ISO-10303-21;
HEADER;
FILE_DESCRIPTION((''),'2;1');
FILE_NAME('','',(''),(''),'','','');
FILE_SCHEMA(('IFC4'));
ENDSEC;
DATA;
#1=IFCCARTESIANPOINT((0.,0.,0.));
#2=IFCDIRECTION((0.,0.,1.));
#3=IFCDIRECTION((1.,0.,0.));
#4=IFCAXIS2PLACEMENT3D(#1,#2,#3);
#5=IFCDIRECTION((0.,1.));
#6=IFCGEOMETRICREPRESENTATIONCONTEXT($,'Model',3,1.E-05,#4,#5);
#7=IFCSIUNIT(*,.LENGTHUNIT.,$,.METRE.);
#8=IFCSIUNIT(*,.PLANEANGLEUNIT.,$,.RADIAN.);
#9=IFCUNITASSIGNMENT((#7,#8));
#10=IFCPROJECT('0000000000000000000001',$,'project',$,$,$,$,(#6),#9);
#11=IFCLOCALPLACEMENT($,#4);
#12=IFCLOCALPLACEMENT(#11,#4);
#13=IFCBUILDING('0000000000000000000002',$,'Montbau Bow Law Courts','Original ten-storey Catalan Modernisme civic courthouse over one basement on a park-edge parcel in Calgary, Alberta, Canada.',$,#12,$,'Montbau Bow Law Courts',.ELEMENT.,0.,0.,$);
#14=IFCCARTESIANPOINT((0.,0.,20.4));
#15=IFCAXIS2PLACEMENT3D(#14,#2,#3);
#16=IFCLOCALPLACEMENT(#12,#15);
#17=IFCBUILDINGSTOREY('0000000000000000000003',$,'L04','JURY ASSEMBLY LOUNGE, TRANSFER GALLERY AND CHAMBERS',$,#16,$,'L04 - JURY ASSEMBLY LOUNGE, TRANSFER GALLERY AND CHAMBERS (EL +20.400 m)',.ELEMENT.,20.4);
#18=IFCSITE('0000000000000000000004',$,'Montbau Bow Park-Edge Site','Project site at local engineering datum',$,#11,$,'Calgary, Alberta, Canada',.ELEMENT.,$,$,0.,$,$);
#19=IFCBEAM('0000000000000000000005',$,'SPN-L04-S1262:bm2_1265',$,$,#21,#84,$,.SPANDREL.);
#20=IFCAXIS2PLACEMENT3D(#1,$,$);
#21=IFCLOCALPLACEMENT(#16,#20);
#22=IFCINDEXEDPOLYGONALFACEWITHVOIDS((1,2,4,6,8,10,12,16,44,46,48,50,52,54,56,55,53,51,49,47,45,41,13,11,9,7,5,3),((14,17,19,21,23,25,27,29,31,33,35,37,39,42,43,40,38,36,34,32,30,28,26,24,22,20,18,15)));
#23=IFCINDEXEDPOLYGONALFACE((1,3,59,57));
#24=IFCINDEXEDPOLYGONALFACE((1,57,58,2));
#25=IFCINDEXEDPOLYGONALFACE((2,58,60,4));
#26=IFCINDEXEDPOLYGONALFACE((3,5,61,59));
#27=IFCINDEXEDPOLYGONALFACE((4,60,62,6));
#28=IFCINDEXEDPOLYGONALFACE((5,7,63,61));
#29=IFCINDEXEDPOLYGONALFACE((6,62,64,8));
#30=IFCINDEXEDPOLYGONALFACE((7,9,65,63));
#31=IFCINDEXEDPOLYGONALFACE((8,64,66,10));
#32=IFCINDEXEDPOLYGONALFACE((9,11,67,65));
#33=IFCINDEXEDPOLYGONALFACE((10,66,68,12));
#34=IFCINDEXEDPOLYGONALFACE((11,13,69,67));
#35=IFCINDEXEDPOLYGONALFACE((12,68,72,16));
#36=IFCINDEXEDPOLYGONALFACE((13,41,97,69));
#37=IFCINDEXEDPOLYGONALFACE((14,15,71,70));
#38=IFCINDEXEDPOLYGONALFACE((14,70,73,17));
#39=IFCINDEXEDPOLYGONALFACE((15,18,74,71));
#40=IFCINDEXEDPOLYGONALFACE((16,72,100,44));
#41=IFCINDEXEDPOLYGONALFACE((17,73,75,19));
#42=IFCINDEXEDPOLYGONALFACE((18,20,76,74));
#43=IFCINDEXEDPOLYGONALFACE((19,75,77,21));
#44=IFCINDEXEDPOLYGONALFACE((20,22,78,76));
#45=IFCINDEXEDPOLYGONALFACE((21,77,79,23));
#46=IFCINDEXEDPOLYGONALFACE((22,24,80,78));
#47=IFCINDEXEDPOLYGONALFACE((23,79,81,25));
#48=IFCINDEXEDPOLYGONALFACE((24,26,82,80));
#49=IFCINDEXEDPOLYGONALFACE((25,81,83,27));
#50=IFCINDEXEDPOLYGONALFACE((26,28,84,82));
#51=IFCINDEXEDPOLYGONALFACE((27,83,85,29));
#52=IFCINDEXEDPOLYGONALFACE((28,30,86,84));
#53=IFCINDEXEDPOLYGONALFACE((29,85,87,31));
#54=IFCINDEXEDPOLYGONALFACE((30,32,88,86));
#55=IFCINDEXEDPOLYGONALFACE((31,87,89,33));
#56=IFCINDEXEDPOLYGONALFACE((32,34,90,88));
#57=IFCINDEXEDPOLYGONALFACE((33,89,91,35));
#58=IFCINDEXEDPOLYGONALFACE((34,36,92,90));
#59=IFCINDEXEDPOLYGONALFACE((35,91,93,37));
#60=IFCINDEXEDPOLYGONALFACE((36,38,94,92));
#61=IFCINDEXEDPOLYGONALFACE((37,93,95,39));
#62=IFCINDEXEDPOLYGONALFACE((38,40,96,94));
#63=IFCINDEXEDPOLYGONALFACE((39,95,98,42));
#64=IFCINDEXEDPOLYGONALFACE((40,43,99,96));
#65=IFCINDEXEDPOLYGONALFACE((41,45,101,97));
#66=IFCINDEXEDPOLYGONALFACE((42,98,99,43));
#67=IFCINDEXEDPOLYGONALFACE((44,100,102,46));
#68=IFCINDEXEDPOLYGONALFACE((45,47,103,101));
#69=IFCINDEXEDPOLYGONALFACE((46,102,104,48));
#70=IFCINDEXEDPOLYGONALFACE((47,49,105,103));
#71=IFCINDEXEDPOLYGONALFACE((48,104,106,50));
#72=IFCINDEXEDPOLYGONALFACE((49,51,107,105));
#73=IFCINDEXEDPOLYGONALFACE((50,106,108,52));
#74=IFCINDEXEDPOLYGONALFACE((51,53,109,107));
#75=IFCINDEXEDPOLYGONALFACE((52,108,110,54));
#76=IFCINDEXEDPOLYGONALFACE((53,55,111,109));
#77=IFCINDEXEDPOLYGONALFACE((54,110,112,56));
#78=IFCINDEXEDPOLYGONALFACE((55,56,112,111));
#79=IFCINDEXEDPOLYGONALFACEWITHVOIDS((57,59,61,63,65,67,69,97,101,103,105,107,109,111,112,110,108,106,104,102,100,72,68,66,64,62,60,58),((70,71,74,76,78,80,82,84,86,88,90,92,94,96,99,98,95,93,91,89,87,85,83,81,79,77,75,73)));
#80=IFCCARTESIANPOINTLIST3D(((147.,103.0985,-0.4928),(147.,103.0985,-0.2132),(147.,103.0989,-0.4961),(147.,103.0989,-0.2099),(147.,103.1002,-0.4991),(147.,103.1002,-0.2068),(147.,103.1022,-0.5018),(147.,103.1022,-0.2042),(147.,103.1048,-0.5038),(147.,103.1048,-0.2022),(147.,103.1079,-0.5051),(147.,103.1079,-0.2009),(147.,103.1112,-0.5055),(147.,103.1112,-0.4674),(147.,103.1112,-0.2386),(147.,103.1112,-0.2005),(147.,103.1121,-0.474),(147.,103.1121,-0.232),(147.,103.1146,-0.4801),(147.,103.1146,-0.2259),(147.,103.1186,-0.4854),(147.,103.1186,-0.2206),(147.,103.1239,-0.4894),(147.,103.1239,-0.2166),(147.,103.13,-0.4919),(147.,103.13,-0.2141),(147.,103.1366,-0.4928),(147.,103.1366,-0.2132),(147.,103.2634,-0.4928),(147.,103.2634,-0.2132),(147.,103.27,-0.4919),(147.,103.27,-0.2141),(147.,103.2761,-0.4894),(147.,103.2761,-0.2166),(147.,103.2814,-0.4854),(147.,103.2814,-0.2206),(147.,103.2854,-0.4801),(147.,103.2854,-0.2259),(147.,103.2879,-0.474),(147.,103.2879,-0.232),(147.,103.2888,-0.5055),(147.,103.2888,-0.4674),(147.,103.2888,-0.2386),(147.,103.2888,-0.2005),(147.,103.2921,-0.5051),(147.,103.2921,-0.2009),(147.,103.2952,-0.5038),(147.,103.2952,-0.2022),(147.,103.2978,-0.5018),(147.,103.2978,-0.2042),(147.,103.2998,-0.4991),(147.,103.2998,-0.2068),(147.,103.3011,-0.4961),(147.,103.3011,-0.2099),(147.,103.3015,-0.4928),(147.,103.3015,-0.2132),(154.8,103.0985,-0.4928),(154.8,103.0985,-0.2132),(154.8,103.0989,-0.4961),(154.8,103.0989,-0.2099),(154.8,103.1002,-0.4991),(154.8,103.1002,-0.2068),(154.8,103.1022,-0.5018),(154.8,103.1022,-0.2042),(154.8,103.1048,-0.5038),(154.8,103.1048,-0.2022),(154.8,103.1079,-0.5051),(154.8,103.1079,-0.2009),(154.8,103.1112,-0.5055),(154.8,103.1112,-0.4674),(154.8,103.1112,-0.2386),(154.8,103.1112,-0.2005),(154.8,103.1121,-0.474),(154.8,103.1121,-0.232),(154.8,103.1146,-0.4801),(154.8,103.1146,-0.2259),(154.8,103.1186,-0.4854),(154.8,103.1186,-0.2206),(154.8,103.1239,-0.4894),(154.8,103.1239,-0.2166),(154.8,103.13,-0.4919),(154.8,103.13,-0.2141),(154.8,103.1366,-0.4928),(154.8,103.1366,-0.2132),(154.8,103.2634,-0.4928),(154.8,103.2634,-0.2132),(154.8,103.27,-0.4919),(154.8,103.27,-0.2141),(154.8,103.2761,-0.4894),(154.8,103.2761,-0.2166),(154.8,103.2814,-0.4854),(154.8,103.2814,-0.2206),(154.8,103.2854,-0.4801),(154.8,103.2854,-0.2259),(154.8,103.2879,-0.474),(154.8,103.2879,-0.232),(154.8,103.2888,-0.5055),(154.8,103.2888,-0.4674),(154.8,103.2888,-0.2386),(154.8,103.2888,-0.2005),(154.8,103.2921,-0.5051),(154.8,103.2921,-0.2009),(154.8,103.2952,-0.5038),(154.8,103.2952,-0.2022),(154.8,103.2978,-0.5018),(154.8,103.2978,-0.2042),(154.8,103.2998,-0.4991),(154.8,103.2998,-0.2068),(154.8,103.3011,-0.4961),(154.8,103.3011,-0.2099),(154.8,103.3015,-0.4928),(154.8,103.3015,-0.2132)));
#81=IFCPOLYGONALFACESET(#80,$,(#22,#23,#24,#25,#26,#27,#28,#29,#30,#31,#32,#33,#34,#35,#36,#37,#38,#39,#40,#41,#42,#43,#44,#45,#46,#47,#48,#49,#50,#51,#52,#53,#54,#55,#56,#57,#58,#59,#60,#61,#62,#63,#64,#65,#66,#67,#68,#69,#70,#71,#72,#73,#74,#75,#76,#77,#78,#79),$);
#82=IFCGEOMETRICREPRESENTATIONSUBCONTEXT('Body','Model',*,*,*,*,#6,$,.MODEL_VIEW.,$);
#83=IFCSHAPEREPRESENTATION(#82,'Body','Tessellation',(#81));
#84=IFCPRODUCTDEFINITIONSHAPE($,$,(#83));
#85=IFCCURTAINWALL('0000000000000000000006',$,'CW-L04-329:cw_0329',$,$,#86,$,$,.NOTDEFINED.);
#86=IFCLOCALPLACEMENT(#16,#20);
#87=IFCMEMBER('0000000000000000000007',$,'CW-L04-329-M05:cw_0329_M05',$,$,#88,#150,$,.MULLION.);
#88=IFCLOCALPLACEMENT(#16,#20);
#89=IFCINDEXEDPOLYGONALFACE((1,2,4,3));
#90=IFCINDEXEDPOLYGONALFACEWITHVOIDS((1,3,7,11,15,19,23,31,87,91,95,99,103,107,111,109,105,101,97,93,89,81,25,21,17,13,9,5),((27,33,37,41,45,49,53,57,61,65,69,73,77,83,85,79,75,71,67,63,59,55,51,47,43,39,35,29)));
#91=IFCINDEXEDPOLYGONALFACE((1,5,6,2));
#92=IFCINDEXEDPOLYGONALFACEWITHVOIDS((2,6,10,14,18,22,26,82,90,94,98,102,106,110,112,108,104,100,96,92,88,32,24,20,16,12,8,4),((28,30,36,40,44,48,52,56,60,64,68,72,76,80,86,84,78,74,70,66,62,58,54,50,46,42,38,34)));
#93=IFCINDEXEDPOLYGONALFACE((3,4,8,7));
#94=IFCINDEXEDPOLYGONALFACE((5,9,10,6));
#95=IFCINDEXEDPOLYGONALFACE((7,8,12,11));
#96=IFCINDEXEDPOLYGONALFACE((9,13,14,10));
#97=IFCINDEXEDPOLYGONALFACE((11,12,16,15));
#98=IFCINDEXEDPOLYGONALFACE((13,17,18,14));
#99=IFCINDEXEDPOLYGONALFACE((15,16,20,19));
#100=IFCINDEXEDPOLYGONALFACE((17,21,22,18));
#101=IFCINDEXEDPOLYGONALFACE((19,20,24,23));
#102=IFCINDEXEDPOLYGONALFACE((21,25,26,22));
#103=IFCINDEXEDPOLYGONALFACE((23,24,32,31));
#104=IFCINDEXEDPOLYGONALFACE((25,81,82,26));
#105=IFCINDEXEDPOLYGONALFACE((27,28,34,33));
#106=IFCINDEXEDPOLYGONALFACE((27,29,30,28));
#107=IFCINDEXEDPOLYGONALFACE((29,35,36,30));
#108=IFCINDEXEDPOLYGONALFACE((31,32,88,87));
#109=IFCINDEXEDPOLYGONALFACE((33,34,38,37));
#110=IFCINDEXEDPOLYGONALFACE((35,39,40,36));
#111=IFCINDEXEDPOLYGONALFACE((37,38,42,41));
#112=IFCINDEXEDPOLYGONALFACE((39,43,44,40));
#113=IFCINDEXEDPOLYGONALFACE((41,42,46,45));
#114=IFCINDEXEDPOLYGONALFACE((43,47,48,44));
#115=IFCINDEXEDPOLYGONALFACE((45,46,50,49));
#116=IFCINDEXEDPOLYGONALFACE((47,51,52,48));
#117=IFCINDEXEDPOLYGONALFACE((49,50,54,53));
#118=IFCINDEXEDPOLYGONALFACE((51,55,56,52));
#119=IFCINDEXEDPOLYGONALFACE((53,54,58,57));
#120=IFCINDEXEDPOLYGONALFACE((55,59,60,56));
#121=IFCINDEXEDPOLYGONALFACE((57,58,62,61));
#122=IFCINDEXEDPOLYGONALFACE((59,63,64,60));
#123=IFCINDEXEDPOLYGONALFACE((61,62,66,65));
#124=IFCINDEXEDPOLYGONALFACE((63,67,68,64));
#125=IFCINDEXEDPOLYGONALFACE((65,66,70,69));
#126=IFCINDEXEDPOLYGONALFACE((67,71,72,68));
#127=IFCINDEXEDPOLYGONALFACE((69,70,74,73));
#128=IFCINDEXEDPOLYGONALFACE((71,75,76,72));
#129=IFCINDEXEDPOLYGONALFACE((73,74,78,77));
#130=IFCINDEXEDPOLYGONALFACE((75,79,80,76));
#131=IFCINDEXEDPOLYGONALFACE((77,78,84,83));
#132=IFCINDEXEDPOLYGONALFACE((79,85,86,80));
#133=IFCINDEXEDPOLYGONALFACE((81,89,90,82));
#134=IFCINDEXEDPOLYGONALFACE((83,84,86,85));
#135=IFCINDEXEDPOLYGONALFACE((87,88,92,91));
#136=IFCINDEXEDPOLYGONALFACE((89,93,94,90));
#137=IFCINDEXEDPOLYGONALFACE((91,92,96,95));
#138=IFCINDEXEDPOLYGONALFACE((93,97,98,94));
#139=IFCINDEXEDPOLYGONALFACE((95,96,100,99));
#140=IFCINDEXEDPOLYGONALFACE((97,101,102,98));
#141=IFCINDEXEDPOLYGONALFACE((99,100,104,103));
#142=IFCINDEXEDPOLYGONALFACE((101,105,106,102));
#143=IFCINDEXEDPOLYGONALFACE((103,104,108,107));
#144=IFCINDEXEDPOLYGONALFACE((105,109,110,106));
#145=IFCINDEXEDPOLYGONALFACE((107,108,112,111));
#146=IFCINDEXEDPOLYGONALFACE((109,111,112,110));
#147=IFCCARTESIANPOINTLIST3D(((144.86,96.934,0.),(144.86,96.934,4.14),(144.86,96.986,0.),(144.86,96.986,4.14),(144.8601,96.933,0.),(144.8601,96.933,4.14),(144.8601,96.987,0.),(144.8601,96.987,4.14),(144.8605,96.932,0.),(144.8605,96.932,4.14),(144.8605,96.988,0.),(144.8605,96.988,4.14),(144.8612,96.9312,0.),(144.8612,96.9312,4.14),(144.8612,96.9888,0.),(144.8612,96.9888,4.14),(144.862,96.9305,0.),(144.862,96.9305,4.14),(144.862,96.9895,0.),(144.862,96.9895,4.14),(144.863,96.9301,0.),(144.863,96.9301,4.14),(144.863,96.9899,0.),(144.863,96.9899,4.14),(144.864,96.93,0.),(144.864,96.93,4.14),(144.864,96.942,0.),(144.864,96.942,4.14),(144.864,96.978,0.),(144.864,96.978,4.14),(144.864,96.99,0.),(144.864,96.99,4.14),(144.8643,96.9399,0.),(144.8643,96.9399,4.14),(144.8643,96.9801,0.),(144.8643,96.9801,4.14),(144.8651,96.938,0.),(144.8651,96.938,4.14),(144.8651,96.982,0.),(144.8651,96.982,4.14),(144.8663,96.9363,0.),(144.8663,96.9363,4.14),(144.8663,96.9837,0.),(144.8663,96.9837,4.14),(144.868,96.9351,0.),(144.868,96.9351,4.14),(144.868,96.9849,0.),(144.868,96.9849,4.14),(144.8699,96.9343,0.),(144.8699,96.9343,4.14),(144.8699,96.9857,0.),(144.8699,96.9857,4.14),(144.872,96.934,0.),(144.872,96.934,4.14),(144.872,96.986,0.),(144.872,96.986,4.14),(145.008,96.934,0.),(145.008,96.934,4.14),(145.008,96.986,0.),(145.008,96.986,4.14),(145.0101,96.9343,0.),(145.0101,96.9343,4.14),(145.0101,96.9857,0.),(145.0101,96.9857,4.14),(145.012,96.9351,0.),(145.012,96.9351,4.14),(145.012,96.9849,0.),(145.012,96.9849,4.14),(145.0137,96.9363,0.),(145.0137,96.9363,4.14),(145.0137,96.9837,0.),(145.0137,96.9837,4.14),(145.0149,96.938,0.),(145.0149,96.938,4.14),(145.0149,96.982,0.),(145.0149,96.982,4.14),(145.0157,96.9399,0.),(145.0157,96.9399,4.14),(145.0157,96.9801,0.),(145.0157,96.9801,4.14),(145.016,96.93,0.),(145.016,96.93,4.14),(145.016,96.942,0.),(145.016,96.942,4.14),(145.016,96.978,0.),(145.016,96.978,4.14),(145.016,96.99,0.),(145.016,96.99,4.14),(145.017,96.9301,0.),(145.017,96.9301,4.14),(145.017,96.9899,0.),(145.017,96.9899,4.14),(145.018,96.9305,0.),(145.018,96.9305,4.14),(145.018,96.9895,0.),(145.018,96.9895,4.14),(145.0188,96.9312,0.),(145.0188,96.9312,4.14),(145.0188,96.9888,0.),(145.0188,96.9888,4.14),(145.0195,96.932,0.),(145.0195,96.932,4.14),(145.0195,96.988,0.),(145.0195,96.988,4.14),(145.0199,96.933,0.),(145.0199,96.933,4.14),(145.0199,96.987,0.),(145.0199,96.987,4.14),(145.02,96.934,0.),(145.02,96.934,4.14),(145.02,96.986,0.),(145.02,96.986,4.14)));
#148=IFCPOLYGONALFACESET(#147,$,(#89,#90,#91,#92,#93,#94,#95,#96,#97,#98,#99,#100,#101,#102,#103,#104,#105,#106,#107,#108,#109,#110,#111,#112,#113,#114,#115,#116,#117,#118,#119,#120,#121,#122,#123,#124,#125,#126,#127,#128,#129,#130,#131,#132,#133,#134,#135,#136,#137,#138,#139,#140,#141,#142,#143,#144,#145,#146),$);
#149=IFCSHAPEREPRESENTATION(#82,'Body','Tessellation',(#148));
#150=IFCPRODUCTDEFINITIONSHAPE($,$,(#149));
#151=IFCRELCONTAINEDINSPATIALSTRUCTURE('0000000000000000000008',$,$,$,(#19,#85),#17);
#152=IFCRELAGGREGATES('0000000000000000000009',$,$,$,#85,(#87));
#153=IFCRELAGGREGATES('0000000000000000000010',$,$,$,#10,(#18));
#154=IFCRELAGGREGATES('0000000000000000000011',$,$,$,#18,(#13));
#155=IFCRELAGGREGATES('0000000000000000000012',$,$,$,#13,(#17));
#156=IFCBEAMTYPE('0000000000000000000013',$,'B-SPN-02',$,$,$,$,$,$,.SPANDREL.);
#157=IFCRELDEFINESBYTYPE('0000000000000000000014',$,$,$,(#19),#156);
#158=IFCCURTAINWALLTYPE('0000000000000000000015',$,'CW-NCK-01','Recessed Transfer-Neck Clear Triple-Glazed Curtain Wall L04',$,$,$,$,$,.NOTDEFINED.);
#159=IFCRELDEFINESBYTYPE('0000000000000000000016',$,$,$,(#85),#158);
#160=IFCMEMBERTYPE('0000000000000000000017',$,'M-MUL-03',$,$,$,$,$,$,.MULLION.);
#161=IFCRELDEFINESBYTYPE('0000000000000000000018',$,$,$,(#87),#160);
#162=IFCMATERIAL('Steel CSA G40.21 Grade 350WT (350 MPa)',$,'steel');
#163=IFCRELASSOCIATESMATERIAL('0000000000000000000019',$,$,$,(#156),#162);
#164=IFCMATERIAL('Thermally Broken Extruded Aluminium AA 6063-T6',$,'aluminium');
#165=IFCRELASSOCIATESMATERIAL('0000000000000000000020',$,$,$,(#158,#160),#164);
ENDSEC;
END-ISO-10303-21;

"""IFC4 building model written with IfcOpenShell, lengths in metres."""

from ifc_helpers import new_model, si_unit, direction, frame, origin_with_axes, origin_2d_with_axis, place, context, subcontext, project, spatial, hollow_rectangle, extrude, material, material_profile, profile_set, type_object, element, aggregate, save


model = new_model("IFC4")

# Units and contexts
model_context = context("Model", 3, precision=1e-05, world=origin_with_axes(), true_north=direction((0.0, 1.0)))
body_context = subcontext(model_context, "Body", "Model", "MODEL_VIEW")
ifc_project = project(units=[si_unit("LENGTHUNIT", "METRE"), si_unit("PLANEANGLEUNIT", "RADIAN")], contexts=[model_context])

# Site, building, storey
site_placement = place(None, origin_with_axes())
site = spatial("IfcSite", under=ifc_project, at=site_placement, Name="Montbau Bow Park-Edge Site", Description="Project site at local engineering datum", LongName="Calgary, Alberta, Canada", CompositionType="ELEMENT", RefElevation=0.0)
building_placement = place(site_placement, origin_with_axes())
building = spatial("IfcBuilding", under=site, at=building_placement, Name="Montbau Bow Law Courts", Description="Original ten-storey Catalan Modernisme civic courthouse over one basement on a park-edge parcel in Calgary, Alberta, Canada.", LongName="Montbau Bow Law Courts", CompositionType="ELEMENT", ElevationOfRefHeight=0.0, ElevationOfTerrain=0.0)
storey_placement = place(building_placement, frame((0.0, 0.0, 20.4), z_axis=(0.0, 0.0, 1.0), x_axis=(1.0, 0.0, 0.0)))
storey = spatial("IfcBuildingStorey", under=building, at=storey_placement, Name="L04", Description="JURY ASSEMBLY LOUNGE, TRANSFER GALLERY AND CHAMBERS", LongName="L04 - JURY ASSEMBLY LOUNGE, TRANSFER GALLERY AND CHAMBERS (EL +20.400 m)", CompositionType="ELEMENT", Elevation=20.4)

# Beam
ifc_material_1 = material(Name="Steel CSA G40.21 Grade 350WT (350 MPa)", Category="steel")
ifc_material_profile_1 = material_profile(ifc_material_1, hollow_rectangle(XDim=0.203, YDim=0.305, WallThickness=0.0127, InnerFilletRadius=0.0254, OuterFilletRadius=0.0127, at=origin_2d_with_axis()), Name="HSS305X203X13", Category="Main", Priority=0)
ifc_profile_set_1 = profile_set([ifc_material_profile_1], Name="Steel CSA G40.21 Grade 350WT (350 MPa)")
beam_type_1 = type_object("IfcBeamType", Name="B-SPN-02", PredefinedType="SPANDREL", material=ifc_profile_set_1)
beam_1_placement = place(None, frame((147.0, 103.2, 20.047), z_axis=(1.0, 0.0, 0.0), x_axis=(0.0, 1.0, 0.0)))
element("IfcBeam", 1, at=beam_1_placement, inside=storey, type_object=beam_type_1, Name="SPN-L04-S1262:bm2_1265", PredefinedType="SPANDREL", context=body_context, shape_type="SweptSolid", body=[
    extrude(hollow_rectangle(XDim=0.203, YDim=0.305, WallThickness=0.0127, InnerFilletRadius=0.0254, OuterFilletRadius=0.0127, at=origin_2d_with_axis()), origin_with_axes(), (0.0, 0.0, 1.0), 7.8),
])

# Curtain wall, member
ifc_material_2 = material(Name="Thermally Broken Extruded Aluminium AA 6063-T6", Category="aluminium")
curtain_wall_type = type_object("IfcCurtainWallType", Name="CW-NCK-01", Description="Recessed Transfer-Neck Clear Triple-Glazed Curtain Wall L04", PredefinedType="NOTDEFINED", material=ifc_material_2)
curtain_wall_placement = place(None, frame((144.94, 90.72, 20.4), z_axis=(0.0, 0.0, 1.0), x_axis=(1.0, 0.0, 0.0)))
curtain_wall = element("IfcCurtainWall", 2, at=curtain_wall_placement, inside=storey, type_object=curtain_wall_type, Name="CW-L04-329:cw_0329", PredefinedType="NOTDEFINED")
ifc_material_profile_2 = material_profile(ifc_material_2, hollow_rectangle(XDim=0.06, YDim=0.16, WallThickness=0.004, InnerFilletRadius=0.008, OuterFilletRadius=0.004, at=origin_2d_with_axis()), Name="CWM-160X60", Category="Main", Priority=0)
ifc_profile_set_2 = profile_set([ifc_material_profile_2], Name="Thermally Broken Extruded Aluminium AA 6063-T6")
member_type_1 = type_object("IfcMemberType", Name="M-MUL-03", PredefinedType="MULLION", material=ifc_profile_set_2)
member_1_placement = place(None, frame((144.94, 96.96, 20.4), z_axis=(0.0, 0.0, 1.0), x_axis=(0.0, 1.0, 0.0)))
member_1 = element("IfcMember", 3, at=member_1_placement, type_object=member_type_1, Name="CW-L04-329-M05:cw_0329_M05", PredefinedType="MULLION", context=body_context, shape_type="SweptSolid", body=[
    extrude(hollow_rectangle(XDim=0.06, YDim=0.16, WallThickness=0.004, InnerFilletRadius=0.008, OuterFilletRadius=0.004, at=origin_2d_with_axis()), origin_with_axes(), (0.0, 0.0, 1.0), 4.14),
])
aggregate(curtain_wall, [member_1])

save(model, "model.ifc")
